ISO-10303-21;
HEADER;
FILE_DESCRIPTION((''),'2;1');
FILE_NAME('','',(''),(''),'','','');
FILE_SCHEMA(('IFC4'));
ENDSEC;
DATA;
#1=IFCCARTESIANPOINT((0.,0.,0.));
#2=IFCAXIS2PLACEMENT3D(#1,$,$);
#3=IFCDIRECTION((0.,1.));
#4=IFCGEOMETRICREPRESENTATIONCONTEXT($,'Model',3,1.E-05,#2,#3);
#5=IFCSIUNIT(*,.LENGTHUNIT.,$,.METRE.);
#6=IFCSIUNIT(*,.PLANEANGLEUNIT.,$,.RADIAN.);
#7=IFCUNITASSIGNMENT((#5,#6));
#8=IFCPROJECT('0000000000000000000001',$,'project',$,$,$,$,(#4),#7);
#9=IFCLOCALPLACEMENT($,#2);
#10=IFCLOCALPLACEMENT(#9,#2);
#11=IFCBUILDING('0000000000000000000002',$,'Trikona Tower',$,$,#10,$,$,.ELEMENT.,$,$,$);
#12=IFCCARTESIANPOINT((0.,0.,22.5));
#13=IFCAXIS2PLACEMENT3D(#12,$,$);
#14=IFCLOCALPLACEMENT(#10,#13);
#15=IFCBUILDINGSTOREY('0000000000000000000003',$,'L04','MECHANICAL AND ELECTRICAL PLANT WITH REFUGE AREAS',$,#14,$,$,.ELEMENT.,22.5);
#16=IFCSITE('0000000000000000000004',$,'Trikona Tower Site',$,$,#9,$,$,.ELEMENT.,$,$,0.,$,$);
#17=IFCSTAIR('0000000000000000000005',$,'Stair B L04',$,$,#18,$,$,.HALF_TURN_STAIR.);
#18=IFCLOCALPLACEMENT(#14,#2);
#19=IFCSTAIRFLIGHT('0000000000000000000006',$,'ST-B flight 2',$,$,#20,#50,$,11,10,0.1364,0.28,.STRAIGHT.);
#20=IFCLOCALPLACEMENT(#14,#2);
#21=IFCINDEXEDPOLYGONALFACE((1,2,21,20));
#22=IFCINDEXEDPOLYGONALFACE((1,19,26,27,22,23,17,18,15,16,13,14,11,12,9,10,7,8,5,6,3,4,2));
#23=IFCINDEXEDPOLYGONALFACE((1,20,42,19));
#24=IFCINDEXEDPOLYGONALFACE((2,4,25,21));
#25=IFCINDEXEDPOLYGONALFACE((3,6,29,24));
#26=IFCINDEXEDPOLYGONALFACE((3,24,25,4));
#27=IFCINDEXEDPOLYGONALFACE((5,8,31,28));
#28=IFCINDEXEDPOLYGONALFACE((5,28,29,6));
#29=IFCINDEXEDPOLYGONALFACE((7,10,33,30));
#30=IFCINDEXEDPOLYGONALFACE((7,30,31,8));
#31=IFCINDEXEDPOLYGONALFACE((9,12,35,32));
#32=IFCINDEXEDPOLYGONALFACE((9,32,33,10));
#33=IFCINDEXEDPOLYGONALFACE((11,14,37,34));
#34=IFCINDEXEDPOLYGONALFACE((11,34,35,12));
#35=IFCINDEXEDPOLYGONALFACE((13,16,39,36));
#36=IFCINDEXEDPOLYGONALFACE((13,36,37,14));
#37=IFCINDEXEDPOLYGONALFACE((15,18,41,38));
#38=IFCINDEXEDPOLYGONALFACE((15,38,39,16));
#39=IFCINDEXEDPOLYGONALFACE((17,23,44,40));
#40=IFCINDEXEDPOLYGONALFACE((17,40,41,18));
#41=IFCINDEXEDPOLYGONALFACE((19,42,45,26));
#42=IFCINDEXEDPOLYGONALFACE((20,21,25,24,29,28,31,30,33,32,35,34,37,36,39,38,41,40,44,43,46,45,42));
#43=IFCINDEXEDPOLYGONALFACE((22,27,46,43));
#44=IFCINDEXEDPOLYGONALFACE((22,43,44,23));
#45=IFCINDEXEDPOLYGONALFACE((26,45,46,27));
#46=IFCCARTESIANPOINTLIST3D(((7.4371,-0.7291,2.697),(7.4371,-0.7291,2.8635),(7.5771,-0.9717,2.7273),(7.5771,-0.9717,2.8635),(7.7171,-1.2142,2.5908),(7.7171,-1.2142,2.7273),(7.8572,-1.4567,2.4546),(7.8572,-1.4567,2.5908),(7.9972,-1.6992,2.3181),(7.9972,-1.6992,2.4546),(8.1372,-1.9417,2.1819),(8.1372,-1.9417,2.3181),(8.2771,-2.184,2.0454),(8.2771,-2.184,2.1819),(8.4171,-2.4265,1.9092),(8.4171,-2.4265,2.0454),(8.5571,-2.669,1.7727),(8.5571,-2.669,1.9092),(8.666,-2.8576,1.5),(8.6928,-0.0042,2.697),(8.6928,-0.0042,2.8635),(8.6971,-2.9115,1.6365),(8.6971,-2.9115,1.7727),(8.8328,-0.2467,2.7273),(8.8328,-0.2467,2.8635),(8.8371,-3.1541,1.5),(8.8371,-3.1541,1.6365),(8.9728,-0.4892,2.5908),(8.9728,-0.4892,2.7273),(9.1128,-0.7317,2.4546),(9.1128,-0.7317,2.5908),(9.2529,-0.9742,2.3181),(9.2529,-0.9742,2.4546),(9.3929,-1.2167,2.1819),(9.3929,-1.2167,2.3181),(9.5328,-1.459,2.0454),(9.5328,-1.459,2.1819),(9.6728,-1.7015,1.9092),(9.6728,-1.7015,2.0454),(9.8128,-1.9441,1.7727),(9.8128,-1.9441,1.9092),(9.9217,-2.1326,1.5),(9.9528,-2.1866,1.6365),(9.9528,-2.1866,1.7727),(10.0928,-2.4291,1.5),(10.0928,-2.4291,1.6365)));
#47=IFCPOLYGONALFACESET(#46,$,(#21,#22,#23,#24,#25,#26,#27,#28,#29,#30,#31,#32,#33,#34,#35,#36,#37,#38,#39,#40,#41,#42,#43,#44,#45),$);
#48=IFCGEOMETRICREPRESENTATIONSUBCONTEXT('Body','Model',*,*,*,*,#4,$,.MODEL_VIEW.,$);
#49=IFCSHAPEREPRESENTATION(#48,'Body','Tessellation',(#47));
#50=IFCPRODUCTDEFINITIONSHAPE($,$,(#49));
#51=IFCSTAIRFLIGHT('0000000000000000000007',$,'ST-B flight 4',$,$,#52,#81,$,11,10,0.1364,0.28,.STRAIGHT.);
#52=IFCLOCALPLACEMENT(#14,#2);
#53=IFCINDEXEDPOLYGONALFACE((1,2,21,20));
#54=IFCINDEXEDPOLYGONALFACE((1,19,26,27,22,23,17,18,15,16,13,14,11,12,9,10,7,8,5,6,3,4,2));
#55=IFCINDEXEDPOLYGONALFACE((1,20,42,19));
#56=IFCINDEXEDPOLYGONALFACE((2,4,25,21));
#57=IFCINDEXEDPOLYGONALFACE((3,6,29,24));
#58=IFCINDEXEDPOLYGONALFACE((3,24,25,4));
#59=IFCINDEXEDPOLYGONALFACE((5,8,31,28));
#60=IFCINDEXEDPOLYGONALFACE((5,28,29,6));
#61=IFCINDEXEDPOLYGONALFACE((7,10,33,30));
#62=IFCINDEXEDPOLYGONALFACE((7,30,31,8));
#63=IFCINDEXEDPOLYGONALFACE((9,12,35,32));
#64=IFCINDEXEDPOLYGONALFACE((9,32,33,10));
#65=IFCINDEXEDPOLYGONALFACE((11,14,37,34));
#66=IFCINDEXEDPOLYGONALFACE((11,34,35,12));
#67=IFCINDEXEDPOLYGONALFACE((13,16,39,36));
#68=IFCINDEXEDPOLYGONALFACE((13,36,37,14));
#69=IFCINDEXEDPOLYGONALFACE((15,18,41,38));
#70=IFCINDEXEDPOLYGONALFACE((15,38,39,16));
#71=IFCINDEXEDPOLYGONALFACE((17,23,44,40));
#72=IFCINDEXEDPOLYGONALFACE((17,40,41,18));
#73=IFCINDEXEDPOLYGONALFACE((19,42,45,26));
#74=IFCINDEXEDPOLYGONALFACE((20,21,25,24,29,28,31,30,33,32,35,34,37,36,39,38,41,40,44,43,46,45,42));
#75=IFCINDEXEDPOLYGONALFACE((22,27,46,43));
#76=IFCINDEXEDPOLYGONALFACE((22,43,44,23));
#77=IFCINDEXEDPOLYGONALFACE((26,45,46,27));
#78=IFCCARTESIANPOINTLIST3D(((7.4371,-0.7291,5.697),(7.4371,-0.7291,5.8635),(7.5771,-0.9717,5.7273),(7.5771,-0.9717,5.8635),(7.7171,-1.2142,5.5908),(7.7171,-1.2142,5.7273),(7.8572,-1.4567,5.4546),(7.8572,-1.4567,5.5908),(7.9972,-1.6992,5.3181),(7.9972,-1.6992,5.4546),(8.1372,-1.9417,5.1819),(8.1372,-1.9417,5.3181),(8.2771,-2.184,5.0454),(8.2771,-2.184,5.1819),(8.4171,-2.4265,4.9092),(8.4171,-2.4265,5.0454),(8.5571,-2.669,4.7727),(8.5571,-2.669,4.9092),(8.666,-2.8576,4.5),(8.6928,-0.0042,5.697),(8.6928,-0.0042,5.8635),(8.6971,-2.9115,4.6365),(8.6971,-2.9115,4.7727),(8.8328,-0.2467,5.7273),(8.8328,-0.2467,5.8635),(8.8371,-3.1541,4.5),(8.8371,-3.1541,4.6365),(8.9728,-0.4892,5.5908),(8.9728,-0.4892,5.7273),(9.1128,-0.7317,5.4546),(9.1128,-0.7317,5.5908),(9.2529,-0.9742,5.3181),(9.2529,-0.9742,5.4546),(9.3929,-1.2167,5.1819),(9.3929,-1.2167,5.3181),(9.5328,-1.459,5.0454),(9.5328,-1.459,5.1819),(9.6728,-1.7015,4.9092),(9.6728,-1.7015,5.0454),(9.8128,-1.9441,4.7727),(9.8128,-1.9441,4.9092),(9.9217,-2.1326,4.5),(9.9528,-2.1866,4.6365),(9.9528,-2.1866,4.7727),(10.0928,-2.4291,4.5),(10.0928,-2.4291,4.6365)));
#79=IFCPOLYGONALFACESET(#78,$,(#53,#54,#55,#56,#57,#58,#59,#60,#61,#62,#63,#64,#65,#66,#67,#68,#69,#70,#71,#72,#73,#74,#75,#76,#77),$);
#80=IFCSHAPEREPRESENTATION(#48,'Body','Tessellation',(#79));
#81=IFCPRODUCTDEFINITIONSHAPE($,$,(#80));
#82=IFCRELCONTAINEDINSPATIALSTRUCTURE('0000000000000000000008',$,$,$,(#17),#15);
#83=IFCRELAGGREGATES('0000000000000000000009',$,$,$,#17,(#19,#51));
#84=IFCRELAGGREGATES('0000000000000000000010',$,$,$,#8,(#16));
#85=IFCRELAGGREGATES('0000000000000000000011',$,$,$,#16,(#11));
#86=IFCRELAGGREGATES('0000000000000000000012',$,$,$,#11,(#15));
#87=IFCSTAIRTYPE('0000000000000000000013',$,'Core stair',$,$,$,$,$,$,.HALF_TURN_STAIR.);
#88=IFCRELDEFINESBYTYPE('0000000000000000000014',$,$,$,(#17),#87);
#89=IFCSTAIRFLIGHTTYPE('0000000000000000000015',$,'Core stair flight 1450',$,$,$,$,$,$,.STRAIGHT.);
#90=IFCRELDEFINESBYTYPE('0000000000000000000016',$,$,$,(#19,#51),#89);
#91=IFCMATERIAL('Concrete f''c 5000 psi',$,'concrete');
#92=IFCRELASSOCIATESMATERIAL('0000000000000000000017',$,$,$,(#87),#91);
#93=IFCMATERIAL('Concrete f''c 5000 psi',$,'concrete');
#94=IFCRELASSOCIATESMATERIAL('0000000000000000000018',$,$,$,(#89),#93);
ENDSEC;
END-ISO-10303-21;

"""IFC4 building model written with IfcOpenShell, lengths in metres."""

from ifc_helpers import new_model, si_unit, direction, frame, origin, place, context, subcontext, project, spatial, polyline, outline, extrude, material, type_object, element, aggregate, save


model = new_model("IFC4")

# Units and contexts
model_context = context("Model", 3, precision=1e-05, world=origin(), true_north=direction((0.0, 1.0)))
body_context = subcontext(model_context, "Body", "Model", "MODEL_VIEW")
ifc_project = project(units=[si_unit("LENGTHUNIT", "METRE"), si_unit("PLANEANGLEUNIT", "RADIAN")], contexts=[model_context])

# Site, building, storey
site_placement = place(None, origin())
site = spatial("IfcSite", under=ifc_project, at=site_placement, Name="Trikona Tower Site", CompositionType="ELEMENT", RefElevation=0.0)
building_placement = place(site_placement, origin())
building = spatial("IfcBuilding", under=site, at=building_placement, Name="Trikona Tower", CompositionType="ELEMENT")
storey_placement = place(building_placement, frame((0.0, 0.0, 22.5)))
storey = spatial("IfcBuildingStorey", under=building, at=storey_placement, Name="L04", Description="MECHANICAL AND ELECTRICAL PLANT WITH REFUGE AREAS", CompositionType="ELEMENT", Elevation=22.5)

# Stair, stair flights
ifc_material_1 = material(Name="Concrete f'c 5000 psi", Category="concrete")
stair_type = type_object("IfcStairType", Name="Core stair", PredefinedType="HALF_TURN_STAIR", material=ifc_material_1)
stair_placement = place(storey_placement, origin())
stair = element("IfcStair", 1, at=stair_placement, inside=storey, type_object=stair_type, Name="Stair B L04", PredefinedType="HALF_TURN_STAIR")
ifc_material_2 = material(Name="Concrete f'c 5000 psi", Category="concrete")
stair_flight_type = type_object("IfcStairFlightType", Name="Core stair flight 1450", PredefinedType="STRAIGHT", material=ifc_material_2)
stair_flight_1_placement = place(storey_placement, frame((9.4651, -2.7915, 1.5), z_axis=(0.0, 0.0, 1.0), x_axis=(-0.5, 0.866025, 0.0)))
stair_flight_1 = element("IfcStairFlight", 2, at=stair_flight_1_placement, type_object=stair_flight_type, Name="ST-B flight 2", NumberOfRisers=11, NumberOfTreads=10, PredefinedType="STRAIGHT", RiserHeight=0.1364, TreadLength=0.28, context=body_context, shape_type="SweptSolid", body=[
    extrude(outline(polyline([(0.0, 0.0), (0.0, 0.1365), (0.28, 0.1365), (0.28, 0.2727), (0.5601, 0.2727), (0.5601, 0.4092), (0.8401, 0.4092), (0.8401, 0.5454), (1.1201, 0.5454), (1.1201, 0.6819), (1.3999, 0.6819), (1.3999, 0.8181), (1.6799, 0.8181), (1.6799, 0.9546), (1.96, 0.9546), (1.96, 1.0908), (2.24, 1.0908), (2.24, 1.2273), (2.52, 1.2273), (2.52, 1.3635), (2.8, 1.3635), (2.8, 1.5), (2.8, 1.197), (0.3423, 0.0), (0.0, 0.0)])), frame((0.0, 0.7251, 0.0), z_axis=(0.0, -1.0, 0.0), x_axis=(1.0, 0.0, 0.0)), (0.0, 0.0, 1.0), 1.45),
])
stair_flight_2_placement = place(storey_placement, frame((9.4651, -2.7915, 4.5), z_axis=(0.0, 0.0, 1.0), x_axis=(-0.5, 0.866025, 0.0)))
stair_flight_2 = element("IfcStairFlight", 3, at=stair_flight_2_placement, type_object=stair_flight_type, Name="ST-B flight 4", NumberOfRisers=11, NumberOfTreads=10, PredefinedType="STRAIGHT", RiserHeight=0.1364, TreadLength=0.28, context=body_context, shape_type="SweptSolid", body=[
    extrude(outline(polyline([(0.0, 0.0), (0.0, 0.1365), (0.28, 0.1365), (0.28, 0.2727), (0.5601, 0.2727), (0.5601, 0.4092), (0.8401, 0.4092), (0.8401, 0.5454), (1.1201, 0.5454), (1.1201, 0.6819), (1.3999, 0.6819), (1.3999, 0.8181), (1.6799, 0.8181), (1.6799, 0.9546), (1.96, 0.9546), (1.96, 1.0908), (2.24, 1.0908), (2.24, 1.2273), (2.52, 1.2273), (2.52, 1.3635), (2.8, 1.3635), (2.8, 1.5), (2.8, 1.197), (0.3423, 0.0), (0.0, 0.0)])), frame((0.0, 0.7251, 0.0), z_axis=(0.0, -1.0, 0.0), x_axis=(1.0, 0.0, 0.0)), (0.0, 0.0, 1.0), 1.45),
])
aggregate(stair, [stair_flight_1, stair_flight_2])

save(model, "model.ifc")
